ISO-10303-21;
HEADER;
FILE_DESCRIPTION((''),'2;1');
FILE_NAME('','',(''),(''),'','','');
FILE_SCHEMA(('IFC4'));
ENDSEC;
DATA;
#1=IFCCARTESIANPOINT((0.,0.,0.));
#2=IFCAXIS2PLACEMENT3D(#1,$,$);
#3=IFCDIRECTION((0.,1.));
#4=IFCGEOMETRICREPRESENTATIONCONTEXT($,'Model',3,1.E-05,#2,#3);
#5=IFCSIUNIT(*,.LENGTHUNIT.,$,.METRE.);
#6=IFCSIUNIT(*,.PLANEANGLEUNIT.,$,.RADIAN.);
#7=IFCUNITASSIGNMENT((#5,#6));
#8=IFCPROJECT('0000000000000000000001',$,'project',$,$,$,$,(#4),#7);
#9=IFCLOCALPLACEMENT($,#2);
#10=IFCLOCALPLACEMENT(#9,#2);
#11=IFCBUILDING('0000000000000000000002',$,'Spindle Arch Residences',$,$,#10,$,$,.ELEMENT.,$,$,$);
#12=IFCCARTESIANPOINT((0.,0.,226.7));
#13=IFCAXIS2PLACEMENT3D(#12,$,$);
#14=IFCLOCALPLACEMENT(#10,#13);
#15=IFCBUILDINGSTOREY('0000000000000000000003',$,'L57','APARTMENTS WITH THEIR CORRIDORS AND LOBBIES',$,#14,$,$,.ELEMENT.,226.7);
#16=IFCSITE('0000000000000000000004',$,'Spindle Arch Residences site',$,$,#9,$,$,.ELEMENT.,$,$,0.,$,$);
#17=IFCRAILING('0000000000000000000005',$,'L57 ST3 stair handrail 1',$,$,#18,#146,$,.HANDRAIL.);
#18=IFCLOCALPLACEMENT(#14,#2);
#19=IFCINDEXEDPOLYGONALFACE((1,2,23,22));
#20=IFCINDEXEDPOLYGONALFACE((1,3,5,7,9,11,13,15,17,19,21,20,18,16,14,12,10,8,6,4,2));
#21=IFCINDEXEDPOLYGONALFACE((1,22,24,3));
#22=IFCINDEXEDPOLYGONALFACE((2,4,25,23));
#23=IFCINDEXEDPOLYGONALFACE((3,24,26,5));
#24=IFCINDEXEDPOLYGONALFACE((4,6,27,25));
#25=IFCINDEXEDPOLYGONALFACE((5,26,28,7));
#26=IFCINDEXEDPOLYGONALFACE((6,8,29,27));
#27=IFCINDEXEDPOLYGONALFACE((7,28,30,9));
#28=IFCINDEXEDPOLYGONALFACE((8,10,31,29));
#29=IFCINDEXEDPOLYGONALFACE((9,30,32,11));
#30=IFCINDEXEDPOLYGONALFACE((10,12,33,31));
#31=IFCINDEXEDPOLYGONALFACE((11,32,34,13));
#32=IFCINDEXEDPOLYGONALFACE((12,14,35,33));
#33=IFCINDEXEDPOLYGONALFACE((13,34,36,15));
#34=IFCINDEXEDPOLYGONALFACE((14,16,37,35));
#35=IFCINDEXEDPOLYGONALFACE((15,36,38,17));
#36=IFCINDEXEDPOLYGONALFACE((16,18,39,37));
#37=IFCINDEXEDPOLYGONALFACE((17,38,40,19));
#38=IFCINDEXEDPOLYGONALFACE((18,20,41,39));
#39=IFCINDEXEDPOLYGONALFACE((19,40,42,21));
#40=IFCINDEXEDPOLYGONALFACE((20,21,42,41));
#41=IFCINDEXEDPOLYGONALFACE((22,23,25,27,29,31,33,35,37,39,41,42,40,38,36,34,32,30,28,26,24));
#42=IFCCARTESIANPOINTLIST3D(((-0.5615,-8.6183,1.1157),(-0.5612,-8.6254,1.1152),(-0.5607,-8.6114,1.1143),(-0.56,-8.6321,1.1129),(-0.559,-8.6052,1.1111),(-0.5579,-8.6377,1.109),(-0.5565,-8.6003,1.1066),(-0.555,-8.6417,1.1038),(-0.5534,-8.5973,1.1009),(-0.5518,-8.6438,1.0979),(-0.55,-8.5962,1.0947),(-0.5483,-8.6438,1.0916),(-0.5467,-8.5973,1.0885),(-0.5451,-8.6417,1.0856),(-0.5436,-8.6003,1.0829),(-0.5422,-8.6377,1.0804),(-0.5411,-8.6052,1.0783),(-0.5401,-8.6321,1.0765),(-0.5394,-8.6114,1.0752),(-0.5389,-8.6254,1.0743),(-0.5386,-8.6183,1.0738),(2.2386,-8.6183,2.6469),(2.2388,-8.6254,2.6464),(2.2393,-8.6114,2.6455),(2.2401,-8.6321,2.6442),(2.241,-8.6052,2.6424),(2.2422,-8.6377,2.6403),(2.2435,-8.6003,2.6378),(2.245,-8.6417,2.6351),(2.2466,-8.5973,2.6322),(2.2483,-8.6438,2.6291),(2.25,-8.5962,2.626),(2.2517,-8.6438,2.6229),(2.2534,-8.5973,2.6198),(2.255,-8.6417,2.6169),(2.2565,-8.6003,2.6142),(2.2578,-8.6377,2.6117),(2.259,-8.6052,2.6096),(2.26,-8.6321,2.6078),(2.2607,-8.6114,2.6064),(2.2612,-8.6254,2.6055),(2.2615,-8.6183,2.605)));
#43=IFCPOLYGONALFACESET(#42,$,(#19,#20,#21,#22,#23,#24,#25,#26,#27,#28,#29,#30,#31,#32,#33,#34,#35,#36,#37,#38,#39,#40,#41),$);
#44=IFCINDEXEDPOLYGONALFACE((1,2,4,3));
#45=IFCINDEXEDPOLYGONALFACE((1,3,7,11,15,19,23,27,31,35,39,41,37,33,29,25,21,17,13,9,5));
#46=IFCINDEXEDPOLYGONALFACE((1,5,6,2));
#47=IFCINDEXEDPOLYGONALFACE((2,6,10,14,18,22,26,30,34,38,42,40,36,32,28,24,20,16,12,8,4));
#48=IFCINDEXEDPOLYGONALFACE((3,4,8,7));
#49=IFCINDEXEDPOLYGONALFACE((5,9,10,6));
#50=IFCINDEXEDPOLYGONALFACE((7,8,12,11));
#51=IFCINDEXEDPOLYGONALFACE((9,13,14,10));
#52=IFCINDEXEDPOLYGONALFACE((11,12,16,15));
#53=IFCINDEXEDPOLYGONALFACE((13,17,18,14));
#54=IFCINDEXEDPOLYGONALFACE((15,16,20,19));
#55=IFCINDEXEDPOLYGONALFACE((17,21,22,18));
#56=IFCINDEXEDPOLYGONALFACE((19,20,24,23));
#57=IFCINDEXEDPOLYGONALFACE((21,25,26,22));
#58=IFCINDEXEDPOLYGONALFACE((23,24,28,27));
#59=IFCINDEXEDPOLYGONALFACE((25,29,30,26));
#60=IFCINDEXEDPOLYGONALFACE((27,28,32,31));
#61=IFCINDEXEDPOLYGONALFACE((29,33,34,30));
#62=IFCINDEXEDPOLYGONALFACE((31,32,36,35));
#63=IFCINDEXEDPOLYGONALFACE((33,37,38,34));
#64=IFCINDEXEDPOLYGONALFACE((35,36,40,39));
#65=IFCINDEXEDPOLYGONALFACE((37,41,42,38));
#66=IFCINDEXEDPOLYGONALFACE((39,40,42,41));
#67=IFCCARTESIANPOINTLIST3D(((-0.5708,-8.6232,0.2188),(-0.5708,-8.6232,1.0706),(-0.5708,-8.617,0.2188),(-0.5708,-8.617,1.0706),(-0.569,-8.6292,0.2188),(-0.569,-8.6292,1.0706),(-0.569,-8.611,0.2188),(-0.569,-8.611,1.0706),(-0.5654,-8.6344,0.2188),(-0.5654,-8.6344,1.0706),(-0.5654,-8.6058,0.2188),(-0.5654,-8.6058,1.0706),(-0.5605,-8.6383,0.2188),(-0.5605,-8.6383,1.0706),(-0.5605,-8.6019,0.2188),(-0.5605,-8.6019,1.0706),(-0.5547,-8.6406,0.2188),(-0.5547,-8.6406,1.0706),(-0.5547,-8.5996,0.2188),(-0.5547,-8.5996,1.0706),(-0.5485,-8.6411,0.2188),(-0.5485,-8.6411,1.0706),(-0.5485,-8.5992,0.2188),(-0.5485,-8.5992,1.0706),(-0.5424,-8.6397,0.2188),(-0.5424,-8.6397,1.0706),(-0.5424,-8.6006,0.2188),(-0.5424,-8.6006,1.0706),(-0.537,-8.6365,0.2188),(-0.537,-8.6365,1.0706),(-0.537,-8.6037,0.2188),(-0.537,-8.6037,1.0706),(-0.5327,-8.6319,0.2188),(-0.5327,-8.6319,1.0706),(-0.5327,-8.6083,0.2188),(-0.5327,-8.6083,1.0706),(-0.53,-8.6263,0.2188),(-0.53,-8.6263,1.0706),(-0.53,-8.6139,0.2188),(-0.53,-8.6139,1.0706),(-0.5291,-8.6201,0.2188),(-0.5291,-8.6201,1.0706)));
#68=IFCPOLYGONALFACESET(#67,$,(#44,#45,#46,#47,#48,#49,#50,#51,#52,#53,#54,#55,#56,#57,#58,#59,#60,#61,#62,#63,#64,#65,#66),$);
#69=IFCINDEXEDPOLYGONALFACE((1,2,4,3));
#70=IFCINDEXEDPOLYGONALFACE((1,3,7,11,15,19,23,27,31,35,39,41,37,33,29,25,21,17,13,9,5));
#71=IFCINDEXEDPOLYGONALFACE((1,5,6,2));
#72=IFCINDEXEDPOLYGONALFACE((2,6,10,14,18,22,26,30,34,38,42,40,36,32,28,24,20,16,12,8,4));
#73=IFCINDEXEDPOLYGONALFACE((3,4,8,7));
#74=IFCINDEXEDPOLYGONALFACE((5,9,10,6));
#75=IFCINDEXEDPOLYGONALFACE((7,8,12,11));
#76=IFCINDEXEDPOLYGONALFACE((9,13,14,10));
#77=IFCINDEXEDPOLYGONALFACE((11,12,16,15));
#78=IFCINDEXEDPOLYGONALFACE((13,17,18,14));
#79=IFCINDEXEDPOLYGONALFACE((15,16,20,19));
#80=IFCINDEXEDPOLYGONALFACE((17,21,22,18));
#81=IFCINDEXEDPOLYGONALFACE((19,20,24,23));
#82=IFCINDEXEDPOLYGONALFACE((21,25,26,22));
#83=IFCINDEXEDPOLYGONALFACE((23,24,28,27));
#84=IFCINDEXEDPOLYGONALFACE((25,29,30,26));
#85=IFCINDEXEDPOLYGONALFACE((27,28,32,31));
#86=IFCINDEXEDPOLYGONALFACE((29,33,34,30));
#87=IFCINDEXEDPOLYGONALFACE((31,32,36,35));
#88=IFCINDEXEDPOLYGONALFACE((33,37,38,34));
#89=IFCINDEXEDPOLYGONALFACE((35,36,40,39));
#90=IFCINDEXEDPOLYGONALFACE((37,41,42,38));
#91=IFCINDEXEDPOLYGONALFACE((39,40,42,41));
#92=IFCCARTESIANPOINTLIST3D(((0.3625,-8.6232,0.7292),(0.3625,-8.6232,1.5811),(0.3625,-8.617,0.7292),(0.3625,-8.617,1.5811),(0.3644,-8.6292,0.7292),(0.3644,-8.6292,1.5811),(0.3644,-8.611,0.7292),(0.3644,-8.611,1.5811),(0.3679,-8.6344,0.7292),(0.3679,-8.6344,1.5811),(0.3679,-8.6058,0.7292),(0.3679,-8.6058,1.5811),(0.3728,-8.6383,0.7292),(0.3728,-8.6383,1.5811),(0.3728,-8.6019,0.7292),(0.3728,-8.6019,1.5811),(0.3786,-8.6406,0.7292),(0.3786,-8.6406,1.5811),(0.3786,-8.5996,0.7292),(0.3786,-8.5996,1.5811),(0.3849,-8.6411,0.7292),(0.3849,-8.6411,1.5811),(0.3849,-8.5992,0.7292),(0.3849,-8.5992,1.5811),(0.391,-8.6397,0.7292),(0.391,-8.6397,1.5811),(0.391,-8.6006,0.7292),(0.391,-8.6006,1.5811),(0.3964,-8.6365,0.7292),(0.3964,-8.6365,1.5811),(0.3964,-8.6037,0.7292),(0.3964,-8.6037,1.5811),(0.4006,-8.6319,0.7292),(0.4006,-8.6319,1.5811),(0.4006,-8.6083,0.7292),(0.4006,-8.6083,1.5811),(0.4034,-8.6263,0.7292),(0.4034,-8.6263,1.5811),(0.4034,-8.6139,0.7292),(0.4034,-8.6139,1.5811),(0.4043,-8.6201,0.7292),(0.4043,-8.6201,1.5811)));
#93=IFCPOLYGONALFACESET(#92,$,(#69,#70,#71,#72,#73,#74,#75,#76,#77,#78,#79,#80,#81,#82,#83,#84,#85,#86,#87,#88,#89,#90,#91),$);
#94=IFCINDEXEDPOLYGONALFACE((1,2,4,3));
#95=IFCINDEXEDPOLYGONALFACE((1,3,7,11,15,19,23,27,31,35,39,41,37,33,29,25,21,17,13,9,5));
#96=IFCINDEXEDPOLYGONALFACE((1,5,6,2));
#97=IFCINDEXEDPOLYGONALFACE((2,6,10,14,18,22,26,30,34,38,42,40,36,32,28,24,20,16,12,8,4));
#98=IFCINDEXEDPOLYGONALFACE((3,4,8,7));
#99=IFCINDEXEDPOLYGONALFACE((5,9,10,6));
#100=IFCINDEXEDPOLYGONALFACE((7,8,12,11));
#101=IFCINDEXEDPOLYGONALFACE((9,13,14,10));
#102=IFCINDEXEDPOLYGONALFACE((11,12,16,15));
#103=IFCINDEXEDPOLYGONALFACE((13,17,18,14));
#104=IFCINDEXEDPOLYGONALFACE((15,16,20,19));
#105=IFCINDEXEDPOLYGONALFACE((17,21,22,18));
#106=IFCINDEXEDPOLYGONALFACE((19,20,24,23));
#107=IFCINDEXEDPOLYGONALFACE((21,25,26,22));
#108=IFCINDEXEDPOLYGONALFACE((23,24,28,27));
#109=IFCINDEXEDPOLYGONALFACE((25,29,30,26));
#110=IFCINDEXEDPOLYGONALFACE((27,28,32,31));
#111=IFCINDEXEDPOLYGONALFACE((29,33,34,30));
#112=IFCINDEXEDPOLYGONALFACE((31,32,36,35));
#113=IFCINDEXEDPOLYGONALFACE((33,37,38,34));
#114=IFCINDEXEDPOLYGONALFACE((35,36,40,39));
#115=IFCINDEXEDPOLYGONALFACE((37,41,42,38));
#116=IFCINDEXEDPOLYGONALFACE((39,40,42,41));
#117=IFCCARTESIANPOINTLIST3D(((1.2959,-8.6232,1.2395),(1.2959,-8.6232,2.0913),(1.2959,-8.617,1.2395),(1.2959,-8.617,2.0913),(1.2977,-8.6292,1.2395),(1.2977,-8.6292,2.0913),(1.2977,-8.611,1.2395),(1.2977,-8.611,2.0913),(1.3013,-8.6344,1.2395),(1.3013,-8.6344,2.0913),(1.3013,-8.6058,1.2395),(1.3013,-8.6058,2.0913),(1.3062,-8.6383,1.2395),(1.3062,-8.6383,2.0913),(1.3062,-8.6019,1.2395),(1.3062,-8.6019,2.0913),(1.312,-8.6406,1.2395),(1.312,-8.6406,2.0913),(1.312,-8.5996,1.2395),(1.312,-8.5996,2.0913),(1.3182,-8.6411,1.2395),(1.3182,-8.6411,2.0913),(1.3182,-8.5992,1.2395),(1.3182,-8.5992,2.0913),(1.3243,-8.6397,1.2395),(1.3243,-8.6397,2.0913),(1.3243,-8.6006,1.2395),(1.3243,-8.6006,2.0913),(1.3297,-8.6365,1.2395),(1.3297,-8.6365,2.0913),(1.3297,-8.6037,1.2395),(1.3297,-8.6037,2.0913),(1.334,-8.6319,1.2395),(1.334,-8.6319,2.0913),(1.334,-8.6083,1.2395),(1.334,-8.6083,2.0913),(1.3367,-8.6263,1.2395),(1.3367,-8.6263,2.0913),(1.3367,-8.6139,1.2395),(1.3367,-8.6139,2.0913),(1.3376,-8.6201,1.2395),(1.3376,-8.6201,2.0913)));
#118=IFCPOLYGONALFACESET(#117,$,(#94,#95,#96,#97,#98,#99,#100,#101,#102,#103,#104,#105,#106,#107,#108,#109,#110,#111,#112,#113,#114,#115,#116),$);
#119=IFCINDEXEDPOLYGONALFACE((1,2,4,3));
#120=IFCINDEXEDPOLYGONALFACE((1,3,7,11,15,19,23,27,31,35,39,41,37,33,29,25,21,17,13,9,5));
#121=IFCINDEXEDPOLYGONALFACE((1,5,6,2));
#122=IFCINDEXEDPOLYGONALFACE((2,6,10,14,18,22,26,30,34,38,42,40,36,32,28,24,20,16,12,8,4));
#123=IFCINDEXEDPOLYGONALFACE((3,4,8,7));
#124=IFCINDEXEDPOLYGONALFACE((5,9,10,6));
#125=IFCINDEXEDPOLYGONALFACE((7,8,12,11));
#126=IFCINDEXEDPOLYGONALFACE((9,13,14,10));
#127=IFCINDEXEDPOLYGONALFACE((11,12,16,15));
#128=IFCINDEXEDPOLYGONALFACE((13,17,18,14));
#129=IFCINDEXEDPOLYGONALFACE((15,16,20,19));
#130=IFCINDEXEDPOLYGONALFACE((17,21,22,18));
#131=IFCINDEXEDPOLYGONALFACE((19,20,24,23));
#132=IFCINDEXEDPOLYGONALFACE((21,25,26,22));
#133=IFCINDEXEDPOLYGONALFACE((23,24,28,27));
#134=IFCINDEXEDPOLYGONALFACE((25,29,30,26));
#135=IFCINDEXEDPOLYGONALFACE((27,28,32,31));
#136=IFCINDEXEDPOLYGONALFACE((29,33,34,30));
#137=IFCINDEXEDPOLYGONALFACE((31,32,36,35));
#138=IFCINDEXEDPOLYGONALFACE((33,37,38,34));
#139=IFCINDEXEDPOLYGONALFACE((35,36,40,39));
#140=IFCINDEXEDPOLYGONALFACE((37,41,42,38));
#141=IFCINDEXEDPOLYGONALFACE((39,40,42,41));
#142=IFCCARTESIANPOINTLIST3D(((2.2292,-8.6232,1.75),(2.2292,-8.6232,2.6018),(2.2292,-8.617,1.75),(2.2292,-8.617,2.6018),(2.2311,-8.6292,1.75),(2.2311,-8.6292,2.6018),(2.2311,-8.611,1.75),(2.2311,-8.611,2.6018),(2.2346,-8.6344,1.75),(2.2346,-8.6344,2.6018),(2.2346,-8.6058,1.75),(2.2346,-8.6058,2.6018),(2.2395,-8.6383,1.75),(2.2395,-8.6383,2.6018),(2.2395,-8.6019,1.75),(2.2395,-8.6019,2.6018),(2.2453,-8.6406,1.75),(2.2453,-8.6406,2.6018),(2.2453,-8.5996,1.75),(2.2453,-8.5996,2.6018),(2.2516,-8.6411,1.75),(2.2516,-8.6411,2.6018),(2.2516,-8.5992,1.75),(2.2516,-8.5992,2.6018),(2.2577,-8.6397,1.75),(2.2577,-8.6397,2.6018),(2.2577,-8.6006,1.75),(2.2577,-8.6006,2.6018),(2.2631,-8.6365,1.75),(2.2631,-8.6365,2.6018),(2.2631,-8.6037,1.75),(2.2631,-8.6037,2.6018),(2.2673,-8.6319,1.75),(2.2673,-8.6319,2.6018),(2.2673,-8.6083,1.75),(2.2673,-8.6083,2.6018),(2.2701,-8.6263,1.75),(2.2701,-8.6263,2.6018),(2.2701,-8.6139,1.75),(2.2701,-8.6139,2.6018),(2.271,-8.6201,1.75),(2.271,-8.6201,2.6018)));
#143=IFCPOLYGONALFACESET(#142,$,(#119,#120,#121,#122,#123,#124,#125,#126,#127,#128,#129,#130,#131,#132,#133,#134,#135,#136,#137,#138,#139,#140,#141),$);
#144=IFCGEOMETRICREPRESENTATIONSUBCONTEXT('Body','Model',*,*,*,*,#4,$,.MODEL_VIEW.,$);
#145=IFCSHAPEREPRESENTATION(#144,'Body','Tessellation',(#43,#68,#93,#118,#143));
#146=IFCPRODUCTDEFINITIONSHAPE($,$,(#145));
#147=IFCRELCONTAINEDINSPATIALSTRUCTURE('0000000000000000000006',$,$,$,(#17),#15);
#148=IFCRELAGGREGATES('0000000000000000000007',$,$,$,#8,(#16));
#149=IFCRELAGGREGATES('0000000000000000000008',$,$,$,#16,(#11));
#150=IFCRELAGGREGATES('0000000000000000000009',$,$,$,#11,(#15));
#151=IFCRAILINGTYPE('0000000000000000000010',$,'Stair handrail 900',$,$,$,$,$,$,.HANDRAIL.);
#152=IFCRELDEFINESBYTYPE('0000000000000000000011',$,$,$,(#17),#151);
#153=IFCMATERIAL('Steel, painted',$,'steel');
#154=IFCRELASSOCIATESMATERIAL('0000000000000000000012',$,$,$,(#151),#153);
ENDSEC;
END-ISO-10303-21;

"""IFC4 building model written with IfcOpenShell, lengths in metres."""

from ifc_helpers import new_model, si_unit, direction, frame, origin, origin_2d, place, context, subcontext, project, spatial, circle, extrude, material, type_object, element, save


model = new_model("IFC4")

# Units and contexts
model_context = context("Model", 3, precision=1e-05, world=origin(), true_north=direction((0.0, 1.0)))
body_context = subcontext(model_context, "Body", "Model", "MODEL_VIEW")
ifc_project = project(units=[si_unit("LENGTHUNIT", "METRE"), si_unit("PLANEANGLEUNIT", "RADIAN")], contexts=[model_context])

# Site, building, storey
site_placement = place(None, origin())
site = spatial("IfcSite", under=ifc_project, at=site_placement, Name="Spindle Arch Residences site", CompositionType="ELEMENT", RefElevation=0.0)
building_placement = place(site_placement, origin())
building = spatial("IfcBuilding", under=site, at=building_placement, Name="Spindle Arch Residences", CompositionType="ELEMENT")
storey_placement = place(building_placement, frame((0.0, 0.0, 226.7)))
storey = spatial("IfcBuildingStorey", under=building, at=storey_placement, Name="L57", Description="APARTMENTS WITH THEIR CORRIDORS AND LOBBIES", CompositionType="ELEMENT", Elevation=226.7)

# Railing
ifc_material_1 = material(Name="Steel, painted", Category="steel")
railing_type_1 = type_object("IfcRailingType", Name="Stair handrail 900", PredefinedType="HANDRAIL", material=ifc_material_1)
railing_1_placement = place(storey_placement, frame((-0.55, -8.6201, 0.2188)))
element("IfcRailing", 1, at=railing_1_placement, inside=storey, type_object=railing_type_1, Name="L57 ST3 stair handrail 1", PredefinedType="HANDRAIL", context=body_context, shape_type="SweptSolid", body=[
    extrude(circle(Radius=0.0239, at=origin_2d()), frame((0.0, 0.0, 0.876), z_axis=(0.877375, 0.0, 0.479806), x_axis=(0.0, 1.0, 0.0)), (0.0, 0.0, 1.0), 3.1914),
    extrude(circle(Radius=0.021, at=origin_2d()), origin(), (0.0, 0.0, 1.0), 0.8518),
    extrude(circle(Radius=0.021, at=origin_2d()), frame((0.9333, 0.0, 0.5105)), (0.0, 0.0, 1.0), 0.8518),
    extrude(circle(Radius=0.021, at=origin_2d()), frame((1.8667, 0.0, 1.0208)), (0.0, 0.0, 1.0), 0.8518),
    extrude(circle(Radius=0.021, at=origin_2d()), frame((2.8, 0.0, 1.5312)), (0.0, 0.0, 1.0), 0.8518),
])

save(model, "model.ifc")
